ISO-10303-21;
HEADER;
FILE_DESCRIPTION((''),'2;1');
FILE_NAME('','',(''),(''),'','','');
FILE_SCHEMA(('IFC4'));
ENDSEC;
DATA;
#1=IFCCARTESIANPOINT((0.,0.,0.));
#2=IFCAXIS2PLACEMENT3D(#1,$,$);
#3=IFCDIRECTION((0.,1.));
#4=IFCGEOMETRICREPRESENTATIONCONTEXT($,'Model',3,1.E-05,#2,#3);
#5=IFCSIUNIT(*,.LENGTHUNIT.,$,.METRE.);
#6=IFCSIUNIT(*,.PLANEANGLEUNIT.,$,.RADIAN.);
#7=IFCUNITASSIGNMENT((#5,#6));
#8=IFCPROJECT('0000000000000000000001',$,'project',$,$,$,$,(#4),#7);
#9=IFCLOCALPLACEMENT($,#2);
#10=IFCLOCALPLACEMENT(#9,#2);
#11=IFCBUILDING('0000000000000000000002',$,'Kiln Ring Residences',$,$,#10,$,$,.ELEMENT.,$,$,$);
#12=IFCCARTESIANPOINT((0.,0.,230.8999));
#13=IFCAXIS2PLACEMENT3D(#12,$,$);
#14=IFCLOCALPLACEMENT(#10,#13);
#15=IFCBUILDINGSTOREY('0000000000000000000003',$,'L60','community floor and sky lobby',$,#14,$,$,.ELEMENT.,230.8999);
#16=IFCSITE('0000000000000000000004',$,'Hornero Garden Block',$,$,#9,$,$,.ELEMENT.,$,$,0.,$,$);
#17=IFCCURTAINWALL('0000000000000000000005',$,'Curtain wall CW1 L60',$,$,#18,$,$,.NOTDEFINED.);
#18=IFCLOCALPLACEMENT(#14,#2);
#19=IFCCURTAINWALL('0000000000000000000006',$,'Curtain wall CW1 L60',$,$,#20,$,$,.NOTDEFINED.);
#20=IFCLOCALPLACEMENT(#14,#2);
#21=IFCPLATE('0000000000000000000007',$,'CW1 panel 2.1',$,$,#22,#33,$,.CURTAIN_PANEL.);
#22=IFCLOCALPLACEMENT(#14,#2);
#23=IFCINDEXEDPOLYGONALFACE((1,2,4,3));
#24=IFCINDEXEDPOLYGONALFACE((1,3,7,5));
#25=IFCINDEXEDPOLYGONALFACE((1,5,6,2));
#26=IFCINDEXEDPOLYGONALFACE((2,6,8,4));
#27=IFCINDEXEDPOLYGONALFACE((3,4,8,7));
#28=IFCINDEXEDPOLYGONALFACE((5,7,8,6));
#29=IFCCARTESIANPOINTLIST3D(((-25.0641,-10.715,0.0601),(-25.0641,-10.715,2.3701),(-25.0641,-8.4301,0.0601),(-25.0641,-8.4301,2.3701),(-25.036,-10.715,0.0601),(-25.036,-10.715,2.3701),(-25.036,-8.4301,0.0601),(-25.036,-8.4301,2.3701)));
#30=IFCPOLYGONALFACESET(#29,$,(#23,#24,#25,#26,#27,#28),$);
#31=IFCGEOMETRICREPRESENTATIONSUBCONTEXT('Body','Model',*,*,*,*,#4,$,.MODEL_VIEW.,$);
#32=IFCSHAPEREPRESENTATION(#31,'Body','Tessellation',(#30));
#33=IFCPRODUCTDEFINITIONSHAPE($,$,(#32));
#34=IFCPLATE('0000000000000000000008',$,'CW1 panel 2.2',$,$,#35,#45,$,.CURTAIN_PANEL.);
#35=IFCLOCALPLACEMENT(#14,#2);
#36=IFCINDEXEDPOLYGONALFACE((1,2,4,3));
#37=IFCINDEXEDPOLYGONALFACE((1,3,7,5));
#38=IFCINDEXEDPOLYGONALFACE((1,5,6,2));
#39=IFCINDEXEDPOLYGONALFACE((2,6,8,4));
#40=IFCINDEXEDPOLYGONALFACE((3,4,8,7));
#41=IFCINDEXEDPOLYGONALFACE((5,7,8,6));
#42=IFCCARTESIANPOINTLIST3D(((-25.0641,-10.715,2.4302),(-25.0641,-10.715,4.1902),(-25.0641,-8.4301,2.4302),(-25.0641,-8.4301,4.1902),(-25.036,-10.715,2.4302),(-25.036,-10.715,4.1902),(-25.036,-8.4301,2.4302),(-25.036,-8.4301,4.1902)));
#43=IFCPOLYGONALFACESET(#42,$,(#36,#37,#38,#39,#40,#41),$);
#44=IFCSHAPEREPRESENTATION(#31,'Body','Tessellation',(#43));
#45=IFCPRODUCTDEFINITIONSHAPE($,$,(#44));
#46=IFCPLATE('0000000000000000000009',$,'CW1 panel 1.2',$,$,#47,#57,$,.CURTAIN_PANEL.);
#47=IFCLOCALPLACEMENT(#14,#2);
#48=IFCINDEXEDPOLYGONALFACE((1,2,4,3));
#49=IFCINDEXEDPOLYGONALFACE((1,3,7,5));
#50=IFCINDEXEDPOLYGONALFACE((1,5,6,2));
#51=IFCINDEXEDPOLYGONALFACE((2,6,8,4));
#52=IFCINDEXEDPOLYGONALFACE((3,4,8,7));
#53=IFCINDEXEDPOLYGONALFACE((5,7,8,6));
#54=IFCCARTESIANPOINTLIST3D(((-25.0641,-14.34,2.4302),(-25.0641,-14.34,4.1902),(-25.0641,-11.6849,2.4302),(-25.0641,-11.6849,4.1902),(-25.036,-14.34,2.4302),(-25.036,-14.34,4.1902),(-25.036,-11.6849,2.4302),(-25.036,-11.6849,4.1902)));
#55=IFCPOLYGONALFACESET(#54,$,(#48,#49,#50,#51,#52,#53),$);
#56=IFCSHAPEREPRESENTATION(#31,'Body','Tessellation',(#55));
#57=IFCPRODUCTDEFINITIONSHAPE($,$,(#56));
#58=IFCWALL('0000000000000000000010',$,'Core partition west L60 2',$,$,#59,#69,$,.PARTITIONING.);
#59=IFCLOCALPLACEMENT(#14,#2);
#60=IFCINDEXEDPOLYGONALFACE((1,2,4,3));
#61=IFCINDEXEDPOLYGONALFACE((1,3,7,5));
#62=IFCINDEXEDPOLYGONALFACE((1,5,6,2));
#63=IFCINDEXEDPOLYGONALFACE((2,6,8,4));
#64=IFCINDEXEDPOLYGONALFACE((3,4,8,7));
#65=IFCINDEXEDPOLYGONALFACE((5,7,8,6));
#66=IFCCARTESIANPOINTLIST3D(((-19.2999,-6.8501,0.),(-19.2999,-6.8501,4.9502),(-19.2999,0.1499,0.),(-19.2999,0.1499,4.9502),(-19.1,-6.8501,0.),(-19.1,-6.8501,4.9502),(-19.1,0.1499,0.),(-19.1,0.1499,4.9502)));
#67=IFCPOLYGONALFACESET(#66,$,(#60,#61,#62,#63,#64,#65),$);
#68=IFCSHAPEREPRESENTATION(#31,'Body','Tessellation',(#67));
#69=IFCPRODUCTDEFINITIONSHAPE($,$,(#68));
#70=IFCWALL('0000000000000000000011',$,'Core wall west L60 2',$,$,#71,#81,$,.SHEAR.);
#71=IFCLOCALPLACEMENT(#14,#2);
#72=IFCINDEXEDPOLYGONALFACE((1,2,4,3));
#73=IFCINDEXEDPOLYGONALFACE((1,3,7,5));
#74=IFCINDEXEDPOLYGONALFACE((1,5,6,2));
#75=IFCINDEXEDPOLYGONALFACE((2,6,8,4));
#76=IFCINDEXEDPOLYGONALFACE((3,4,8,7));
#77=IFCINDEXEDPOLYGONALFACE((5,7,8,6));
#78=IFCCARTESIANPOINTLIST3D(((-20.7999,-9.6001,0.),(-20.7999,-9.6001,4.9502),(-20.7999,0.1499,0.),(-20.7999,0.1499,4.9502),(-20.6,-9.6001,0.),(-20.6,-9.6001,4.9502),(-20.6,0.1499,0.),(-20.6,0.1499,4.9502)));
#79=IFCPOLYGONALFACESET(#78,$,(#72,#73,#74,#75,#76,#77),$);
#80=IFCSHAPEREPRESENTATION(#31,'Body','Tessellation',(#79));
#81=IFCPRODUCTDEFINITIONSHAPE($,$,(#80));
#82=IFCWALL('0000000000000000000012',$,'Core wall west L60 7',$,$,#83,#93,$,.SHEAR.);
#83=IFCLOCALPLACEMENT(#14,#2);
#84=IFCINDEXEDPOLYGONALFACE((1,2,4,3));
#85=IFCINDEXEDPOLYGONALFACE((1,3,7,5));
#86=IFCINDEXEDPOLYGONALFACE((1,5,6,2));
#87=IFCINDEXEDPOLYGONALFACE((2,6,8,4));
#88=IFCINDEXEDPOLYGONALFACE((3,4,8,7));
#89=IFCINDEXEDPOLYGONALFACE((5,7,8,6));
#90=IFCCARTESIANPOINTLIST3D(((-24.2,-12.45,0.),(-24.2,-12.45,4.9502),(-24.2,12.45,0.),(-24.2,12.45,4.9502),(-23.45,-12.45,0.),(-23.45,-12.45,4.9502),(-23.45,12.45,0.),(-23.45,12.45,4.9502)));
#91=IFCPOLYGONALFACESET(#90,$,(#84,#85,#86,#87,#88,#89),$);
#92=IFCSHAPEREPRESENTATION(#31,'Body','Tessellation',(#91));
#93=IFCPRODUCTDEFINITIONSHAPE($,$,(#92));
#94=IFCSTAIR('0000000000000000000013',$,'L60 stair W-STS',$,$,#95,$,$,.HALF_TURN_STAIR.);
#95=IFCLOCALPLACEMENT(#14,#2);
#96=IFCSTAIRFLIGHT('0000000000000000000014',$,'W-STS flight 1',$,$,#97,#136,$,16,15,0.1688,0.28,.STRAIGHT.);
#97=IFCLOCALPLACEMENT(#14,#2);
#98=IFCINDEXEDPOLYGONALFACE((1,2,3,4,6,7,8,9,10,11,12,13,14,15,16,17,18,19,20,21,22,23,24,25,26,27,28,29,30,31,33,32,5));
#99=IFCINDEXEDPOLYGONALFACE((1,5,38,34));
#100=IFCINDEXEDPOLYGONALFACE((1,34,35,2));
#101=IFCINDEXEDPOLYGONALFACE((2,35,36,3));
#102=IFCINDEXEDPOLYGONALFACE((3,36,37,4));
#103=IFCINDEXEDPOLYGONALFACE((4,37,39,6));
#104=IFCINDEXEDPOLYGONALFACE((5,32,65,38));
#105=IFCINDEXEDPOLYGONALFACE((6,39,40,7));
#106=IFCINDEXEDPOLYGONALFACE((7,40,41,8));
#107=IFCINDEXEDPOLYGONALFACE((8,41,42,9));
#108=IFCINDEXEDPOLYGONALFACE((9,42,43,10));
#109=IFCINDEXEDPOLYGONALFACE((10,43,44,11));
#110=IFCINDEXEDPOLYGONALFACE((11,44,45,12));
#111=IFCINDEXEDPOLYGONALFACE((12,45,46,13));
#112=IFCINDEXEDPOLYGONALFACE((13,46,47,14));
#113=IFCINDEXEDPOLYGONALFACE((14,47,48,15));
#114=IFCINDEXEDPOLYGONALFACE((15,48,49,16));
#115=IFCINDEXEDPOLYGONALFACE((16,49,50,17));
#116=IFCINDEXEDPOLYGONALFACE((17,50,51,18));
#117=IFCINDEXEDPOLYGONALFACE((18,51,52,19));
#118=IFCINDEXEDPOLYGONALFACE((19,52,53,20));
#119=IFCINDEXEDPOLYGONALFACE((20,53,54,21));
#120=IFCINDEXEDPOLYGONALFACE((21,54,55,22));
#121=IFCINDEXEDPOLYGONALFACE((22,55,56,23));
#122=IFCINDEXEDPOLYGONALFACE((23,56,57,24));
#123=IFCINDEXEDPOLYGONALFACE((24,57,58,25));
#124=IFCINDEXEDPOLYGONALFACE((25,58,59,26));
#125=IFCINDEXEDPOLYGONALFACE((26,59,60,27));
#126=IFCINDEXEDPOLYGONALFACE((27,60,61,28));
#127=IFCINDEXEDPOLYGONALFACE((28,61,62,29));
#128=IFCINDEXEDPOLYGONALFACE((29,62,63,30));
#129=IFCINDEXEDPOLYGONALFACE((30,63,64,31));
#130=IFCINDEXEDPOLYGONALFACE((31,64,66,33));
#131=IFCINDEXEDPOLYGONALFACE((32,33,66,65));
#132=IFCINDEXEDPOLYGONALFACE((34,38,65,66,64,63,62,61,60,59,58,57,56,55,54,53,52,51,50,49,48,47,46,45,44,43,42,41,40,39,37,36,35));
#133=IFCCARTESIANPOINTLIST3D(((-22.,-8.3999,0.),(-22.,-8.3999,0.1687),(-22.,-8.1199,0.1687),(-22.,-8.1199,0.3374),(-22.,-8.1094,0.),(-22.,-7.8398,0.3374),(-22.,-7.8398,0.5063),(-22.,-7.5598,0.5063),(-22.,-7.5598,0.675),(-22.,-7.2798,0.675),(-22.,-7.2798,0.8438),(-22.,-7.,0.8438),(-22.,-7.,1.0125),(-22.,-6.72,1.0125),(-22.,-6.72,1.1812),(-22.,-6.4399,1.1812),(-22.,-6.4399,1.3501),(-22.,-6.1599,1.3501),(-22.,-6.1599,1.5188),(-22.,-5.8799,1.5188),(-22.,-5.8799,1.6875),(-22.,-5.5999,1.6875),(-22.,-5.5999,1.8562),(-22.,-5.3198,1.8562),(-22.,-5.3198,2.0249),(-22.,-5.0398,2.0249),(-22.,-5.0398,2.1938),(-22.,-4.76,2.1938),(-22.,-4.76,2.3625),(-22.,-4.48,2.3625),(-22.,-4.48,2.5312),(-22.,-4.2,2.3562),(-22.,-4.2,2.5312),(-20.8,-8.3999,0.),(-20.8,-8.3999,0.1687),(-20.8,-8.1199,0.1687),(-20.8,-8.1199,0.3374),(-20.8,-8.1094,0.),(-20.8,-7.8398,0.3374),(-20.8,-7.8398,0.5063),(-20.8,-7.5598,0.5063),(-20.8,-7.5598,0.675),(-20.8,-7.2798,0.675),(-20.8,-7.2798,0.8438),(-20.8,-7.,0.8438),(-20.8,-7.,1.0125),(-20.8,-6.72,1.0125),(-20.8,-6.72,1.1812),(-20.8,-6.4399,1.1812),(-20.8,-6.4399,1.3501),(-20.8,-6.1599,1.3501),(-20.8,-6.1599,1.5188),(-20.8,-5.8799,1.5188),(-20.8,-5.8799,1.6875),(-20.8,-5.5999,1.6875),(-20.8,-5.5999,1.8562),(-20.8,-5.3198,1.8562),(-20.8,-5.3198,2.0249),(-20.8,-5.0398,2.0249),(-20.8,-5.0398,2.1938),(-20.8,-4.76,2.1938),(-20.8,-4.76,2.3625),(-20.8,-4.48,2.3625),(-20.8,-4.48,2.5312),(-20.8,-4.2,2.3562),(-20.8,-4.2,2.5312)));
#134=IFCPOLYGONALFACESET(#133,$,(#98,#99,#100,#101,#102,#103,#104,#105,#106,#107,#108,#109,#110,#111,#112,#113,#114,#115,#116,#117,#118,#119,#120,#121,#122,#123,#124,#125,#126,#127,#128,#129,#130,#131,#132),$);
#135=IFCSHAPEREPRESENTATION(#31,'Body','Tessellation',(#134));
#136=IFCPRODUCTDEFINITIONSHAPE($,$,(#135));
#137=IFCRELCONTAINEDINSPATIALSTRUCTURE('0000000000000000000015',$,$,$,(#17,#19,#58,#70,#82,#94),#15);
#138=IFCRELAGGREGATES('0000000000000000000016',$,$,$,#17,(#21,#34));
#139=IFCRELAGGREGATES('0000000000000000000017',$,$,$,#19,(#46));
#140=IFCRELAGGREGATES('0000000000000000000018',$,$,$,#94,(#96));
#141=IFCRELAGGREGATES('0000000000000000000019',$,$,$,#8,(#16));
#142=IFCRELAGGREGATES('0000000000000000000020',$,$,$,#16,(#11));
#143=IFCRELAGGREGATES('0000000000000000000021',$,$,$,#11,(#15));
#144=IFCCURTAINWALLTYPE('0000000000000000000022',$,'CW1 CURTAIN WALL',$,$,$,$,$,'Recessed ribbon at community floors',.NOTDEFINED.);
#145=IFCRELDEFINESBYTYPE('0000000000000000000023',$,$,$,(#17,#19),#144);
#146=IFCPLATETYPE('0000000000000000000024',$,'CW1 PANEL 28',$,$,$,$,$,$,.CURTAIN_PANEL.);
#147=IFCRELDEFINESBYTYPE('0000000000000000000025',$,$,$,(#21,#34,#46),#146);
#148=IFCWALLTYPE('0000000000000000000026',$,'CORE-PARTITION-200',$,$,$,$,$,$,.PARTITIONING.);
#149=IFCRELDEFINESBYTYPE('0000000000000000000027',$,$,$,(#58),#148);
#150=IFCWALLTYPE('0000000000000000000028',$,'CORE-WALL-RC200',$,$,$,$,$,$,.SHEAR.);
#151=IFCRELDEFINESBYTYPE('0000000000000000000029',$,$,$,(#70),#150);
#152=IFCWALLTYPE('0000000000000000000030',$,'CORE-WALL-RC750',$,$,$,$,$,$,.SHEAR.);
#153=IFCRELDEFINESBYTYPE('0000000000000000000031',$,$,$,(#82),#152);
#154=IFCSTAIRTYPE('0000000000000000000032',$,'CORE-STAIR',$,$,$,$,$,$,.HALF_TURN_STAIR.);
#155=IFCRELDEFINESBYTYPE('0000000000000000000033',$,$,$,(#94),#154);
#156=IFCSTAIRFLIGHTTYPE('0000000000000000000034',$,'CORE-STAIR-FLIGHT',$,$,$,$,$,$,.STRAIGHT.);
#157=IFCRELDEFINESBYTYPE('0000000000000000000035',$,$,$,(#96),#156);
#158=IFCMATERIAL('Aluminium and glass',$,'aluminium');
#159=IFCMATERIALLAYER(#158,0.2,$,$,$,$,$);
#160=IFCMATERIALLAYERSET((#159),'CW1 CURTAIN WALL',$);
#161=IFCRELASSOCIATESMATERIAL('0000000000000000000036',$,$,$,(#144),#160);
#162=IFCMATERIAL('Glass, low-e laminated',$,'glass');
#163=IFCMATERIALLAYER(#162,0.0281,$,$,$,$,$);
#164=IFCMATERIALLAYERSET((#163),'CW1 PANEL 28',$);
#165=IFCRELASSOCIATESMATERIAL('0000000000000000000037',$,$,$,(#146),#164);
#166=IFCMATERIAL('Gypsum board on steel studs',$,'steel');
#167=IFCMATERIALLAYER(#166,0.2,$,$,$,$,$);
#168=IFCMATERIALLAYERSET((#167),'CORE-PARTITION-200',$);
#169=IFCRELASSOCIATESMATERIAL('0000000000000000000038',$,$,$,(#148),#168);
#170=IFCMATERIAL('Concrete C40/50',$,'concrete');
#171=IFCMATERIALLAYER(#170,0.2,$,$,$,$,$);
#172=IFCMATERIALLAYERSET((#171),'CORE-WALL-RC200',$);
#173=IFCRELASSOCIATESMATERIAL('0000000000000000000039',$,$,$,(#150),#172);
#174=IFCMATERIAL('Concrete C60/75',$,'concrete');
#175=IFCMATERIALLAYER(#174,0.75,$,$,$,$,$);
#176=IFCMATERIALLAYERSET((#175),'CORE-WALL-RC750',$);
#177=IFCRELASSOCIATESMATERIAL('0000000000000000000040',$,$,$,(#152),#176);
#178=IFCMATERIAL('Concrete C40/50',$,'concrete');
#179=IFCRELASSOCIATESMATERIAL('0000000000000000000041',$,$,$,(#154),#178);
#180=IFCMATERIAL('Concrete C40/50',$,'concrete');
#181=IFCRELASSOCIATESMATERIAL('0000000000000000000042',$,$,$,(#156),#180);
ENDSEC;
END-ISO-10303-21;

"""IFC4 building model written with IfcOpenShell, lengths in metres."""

from ifc_helpers import new_model, si_unit, direction, frame, frame_2d, origin, origin_2d, place, context, subcontext, project, spatial, polyline, rectangle, outline, extrude, material, layer, layer_set, type_object, element, aggregate, save


model = new_model("IFC4")

# Units and contexts
model_context = context("Model", 3, precision=1e-05, world=origin(), true_north=direction((0.0, 1.0)))
body_context = subcontext(model_context, "Body", "Model", "MODEL_VIEW")
ifc_project = project(units=[si_unit("LENGTHUNIT", "METRE"), si_unit("PLANEANGLEUNIT", "RADIAN")], contexts=[model_context])

# Site, building, storey
site_placement = place(None, origin())
site = spatial("IfcSite", under=ifc_project, at=site_placement, Name="Hornero Garden Block", CompositionType="ELEMENT", RefElevation=0.0)
building_placement = place(site_placement, origin())
building = spatial("IfcBuilding", under=site, at=building_placement, Name="Kiln Ring Residences", CompositionType="ELEMENT")
storey_placement = place(building_placement, frame((0.0, 0.0, 230.8999)))
storey = spatial("IfcBuildingStorey", under=building, at=storey_placement, Name="L60", Description="community floor and sky lobby", CompositionType="ELEMENT", Elevation=230.8999)

# Curtain wall
ifc_material_1 = material(Name="Aluminium and glass", Category="aluminium")
ifc_layer_1 = layer(ifc_material_1, 0.2)
ifc_layer_set_1 = layer_set([ifc_layer_1], Name="CW1 CURTAIN WALL")
curtain_wall_type = type_object("IfcCurtainWallType", Name="CW1 CURTAIN WALL", ElementType="Recessed ribbon at community floors", PredefinedType="NOTDEFINED", material=ifc_layer_set_1)
placement = place(storey_placement, origin())
curtain_wall_1 = element("IfcCurtainWall", 1, at=placement, inside=storey, type_object=curtain_wall_type, Name="Curtain wall CW1 L60", PredefinedType="NOTDEFINED")

# Curtain wall
curtain_wall_2 = element("IfcCurtainWall", 2, at=placement, inside=storey, type_object=curtain_wall_type, Name="Curtain wall CW1 L60", PredefinedType="NOTDEFINED")

# Plates
ifc_material_2 = material(Name="Glass, low-e laminated", Category="glass")
ifc_layer_2 = layer(ifc_material_2, 0.0281)
ifc_layer_set_2 = layer_set([ifc_layer_2], Name="CW1 PANEL 28")
plate_type = type_object("IfcPlateType", Name="CW1 PANEL 28", PredefinedType="CURTAIN_PANEL", material=ifc_layer_set_2)
plate_1_placement = place(storey_placement, frame((-25.05, -9.5725, 0.0601), z_axis=(0.0, 0.0, 1.0), x_axis=(0.0, -1.0, 0.0)))
plate_1 = element("IfcPlate", 3, at=plate_1_placement, type_object=plate_type, Name="CW1 panel 2.1", PredefinedType="CURTAIN_PANEL", context=body_context, shape_type="SweptSolid", body=[
    extrude(rectangle(XDim=2.2849, YDim=0.0281, at=origin_2d()), origin(), (0.0, 0.0, 1.0), 2.3101),
])
plate_2_placement = place(storey_placement, frame((-25.05, -9.5725, 2.4302), z_axis=(0.0, 0.0, 1.0), x_axis=(0.0, -1.0, 0.0)))
plate_2 = element("IfcPlate", 4, at=plate_2_placement, type_object=plate_type, Name="CW1 panel 2.2", PredefinedType="CURTAIN_PANEL", context=body_context, shape_type="SweptSolid", body=[
    extrude(rectangle(XDim=2.2849, YDim=0.0281, at=origin_2d()), origin(), (0.0, 0.0, 1.0), 1.76),
])
aggregate(curtain_wall_1, [plate_1, plate_2])
plate_3_placement = place(storey_placement, frame((-25.05, -13.0125, 2.4302), z_axis=(0.0, 0.0, 1.0), x_axis=(0.0, -1.0, 0.0)))
plate_3 = element("IfcPlate", 5, at=plate_3_placement, type_object=plate_type, Name="CW1 panel 1.2", PredefinedType="CURTAIN_PANEL", context=body_context, shape_type="SweptSolid", body=[
    extrude(rectangle(XDim=2.655, YDim=0.0281, at=origin_2d()), origin(), (0.0, 0.0, 1.0), 1.76),
])
aggregate(curtain_wall_2, [plate_3])

# Walls
ifc_material_3 = material(Name="Gypsum board on steel studs", Category="steel")
ifc_layer_3 = layer(ifc_material_3, 0.2)
ifc_layer_set_3 = layer_set([ifc_layer_3], Name="CORE-PARTITION-200")
wall_type_1 = type_object("IfcWallType", Name="CORE-PARTITION-200", PredefinedType="PARTITIONING", material=ifc_layer_set_3)
wall_1_placement = place(storey_placement, frame((-19.2, -6.8501, 0.0), z_axis=(0.0, 0.0, 1.0), x_axis=(0.0, 1.0, 0.0)))
element("IfcWall", 6, at=wall_1_placement, inside=storey, type_object=wall_type_1, Name="Core partition west L60 2", PredefinedType="PARTITIONING", context=body_context, shape_type="SweptSolid", body=[
    extrude(rectangle(XDim=7.0, YDim=0.2, at=frame_2d((3.5, 0.0))), origin(), (0.0, 0.0, 1.0), 4.9502),
])
ifc_material_4 = material(Name="Concrete C40/50", Category="concrete")
ifc_layer_4 = layer(ifc_material_4, 0.2)
ifc_layer_set_4 = layer_set([ifc_layer_4], Name="CORE-WALL-RC200")
wall_type_2 = type_object("IfcWallType", Name="CORE-WALL-RC200", PredefinedType="SHEAR", material=ifc_layer_set_4)
wall_2_placement = place(storey_placement, frame((-20.7, -9.6001, 0.0), z_axis=(0.0, 0.0, 1.0), x_axis=(0.0, 1.0, 0.0)))
element("IfcWall", 7, at=wall_2_placement, inside=storey, type_object=wall_type_2, Name="Core wall west L60 2", PredefinedType="SHEAR", context=body_context, shape_type="SweptSolid", body=[
    extrude(rectangle(XDim=9.75, YDim=0.2, at=frame_2d((4.875, 0.0))), origin(), (0.0, 0.0, 1.0), 4.9502),
])
ifc_material_5 = material(Name="Concrete C60/75", Category="concrete")
ifc_layer_5 = layer(ifc_material_5, 0.75)
ifc_layer_set_5 = layer_set([ifc_layer_5], Name="CORE-WALL-RC750")
wall_type_3 = type_object("IfcWallType", Name="CORE-WALL-RC750", PredefinedType="SHEAR", material=ifc_layer_set_5)
wall_3_placement = place(storey_placement, frame((-23.825, -12.45, 0.0), z_axis=(0.0, 0.0, 1.0), x_axis=(0.0, 1.0, 0.0)))
element("IfcWall", 8, at=wall_3_placement, inside=storey, type_object=wall_type_3, Name="Core wall west L60 7", PredefinedType="SHEAR", context=body_context, shape_type="SweptSolid", body=[
    extrude(rectangle(XDim=24.8999, YDim=0.75, at=frame_2d((12.45, 0.0))), origin(), (0.0, 0.0, 1.0), 4.9502),
])

# Stair, stair flight
ifc_material_6 = material(Name="Concrete C40/50", Category="concrete")
stair_type = type_object("IfcStairType", Name="CORE-STAIR", PredefinedType="HALF_TURN_STAIR", material=ifc_material_6)
stair = element("IfcStair", 9, at=placement, inside=storey, type_object=stair_type, Name="L60 stair W-STS", PredefinedType="HALF_TURN_STAIR")
ifc_material_7 = material(Name="Concrete C40/50", Category="concrete")
stair_flight_type = type_object("IfcStairFlightType", Name="CORE-STAIR-FLIGHT", PredefinedType="STRAIGHT", material=ifc_material_7)
stair_flight_placement = place(storey_placement, frame((-21.3999, -8.3999, 0.0), z_axis=(0.0, 0.0, 1.0), x_axis=(0.0, 1.0, 0.0)))
stair_flight = element("IfcStairFlight", 10, at=stair_flight_placement, type_object=stair_flight_type, Name="W-STS flight 1", NumberOfRisers=16, NumberOfTreads=15, PredefinedType="STRAIGHT", RiserHeight=0.1688, TreadLength=0.28, context=body_context, shape_type="SweptSolid", body=[
    extrude(outline(polyline([(0.0, 0.0), (0.0, 0.1687), (0.28, 0.1687), (0.28, 0.3374), (0.5601, 0.3374), (0.5601, 0.5063), (0.8401, 0.5063), (0.8401, 0.675), (1.1201, 0.675), (1.1201, 0.8438), (1.3999, 0.8438), (1.3999, 1.0125), (1.6799, 1.0125), (1.6799, 1.1812), (1.96, 1.1812), (1.96, 1.3501), (2.24, 1.3501), (2.24, 1.5188), (2.52, 1.5188), (2.52, 1.6875), (2.8, 1.6875), (2.8, 1.8562), (3.0801, 1.8562), (3.0801, 2.0249), (3.3601, 2.0249), (3.3601, 2.1938), (3.6399, 2.1938), (3.6399, 2.3625), (3.9199, 2.3625), (3.9199, 2.5312), (4.2, 2.5312), (4.2, 2.7), (4.2, 2.3562), (0.2905, 0.0), (0.0, 0.0)])), frame((0.0, 0.6001, 0.0), z_axis=(0.0, -1.0, 0.0), x_axis=(1.0, 0.0, 0.0)), (0.0, 0.0, 1.0), 1.2),
])
aggregate(stair, [stair_flight])

save(model, "model.ifc")
